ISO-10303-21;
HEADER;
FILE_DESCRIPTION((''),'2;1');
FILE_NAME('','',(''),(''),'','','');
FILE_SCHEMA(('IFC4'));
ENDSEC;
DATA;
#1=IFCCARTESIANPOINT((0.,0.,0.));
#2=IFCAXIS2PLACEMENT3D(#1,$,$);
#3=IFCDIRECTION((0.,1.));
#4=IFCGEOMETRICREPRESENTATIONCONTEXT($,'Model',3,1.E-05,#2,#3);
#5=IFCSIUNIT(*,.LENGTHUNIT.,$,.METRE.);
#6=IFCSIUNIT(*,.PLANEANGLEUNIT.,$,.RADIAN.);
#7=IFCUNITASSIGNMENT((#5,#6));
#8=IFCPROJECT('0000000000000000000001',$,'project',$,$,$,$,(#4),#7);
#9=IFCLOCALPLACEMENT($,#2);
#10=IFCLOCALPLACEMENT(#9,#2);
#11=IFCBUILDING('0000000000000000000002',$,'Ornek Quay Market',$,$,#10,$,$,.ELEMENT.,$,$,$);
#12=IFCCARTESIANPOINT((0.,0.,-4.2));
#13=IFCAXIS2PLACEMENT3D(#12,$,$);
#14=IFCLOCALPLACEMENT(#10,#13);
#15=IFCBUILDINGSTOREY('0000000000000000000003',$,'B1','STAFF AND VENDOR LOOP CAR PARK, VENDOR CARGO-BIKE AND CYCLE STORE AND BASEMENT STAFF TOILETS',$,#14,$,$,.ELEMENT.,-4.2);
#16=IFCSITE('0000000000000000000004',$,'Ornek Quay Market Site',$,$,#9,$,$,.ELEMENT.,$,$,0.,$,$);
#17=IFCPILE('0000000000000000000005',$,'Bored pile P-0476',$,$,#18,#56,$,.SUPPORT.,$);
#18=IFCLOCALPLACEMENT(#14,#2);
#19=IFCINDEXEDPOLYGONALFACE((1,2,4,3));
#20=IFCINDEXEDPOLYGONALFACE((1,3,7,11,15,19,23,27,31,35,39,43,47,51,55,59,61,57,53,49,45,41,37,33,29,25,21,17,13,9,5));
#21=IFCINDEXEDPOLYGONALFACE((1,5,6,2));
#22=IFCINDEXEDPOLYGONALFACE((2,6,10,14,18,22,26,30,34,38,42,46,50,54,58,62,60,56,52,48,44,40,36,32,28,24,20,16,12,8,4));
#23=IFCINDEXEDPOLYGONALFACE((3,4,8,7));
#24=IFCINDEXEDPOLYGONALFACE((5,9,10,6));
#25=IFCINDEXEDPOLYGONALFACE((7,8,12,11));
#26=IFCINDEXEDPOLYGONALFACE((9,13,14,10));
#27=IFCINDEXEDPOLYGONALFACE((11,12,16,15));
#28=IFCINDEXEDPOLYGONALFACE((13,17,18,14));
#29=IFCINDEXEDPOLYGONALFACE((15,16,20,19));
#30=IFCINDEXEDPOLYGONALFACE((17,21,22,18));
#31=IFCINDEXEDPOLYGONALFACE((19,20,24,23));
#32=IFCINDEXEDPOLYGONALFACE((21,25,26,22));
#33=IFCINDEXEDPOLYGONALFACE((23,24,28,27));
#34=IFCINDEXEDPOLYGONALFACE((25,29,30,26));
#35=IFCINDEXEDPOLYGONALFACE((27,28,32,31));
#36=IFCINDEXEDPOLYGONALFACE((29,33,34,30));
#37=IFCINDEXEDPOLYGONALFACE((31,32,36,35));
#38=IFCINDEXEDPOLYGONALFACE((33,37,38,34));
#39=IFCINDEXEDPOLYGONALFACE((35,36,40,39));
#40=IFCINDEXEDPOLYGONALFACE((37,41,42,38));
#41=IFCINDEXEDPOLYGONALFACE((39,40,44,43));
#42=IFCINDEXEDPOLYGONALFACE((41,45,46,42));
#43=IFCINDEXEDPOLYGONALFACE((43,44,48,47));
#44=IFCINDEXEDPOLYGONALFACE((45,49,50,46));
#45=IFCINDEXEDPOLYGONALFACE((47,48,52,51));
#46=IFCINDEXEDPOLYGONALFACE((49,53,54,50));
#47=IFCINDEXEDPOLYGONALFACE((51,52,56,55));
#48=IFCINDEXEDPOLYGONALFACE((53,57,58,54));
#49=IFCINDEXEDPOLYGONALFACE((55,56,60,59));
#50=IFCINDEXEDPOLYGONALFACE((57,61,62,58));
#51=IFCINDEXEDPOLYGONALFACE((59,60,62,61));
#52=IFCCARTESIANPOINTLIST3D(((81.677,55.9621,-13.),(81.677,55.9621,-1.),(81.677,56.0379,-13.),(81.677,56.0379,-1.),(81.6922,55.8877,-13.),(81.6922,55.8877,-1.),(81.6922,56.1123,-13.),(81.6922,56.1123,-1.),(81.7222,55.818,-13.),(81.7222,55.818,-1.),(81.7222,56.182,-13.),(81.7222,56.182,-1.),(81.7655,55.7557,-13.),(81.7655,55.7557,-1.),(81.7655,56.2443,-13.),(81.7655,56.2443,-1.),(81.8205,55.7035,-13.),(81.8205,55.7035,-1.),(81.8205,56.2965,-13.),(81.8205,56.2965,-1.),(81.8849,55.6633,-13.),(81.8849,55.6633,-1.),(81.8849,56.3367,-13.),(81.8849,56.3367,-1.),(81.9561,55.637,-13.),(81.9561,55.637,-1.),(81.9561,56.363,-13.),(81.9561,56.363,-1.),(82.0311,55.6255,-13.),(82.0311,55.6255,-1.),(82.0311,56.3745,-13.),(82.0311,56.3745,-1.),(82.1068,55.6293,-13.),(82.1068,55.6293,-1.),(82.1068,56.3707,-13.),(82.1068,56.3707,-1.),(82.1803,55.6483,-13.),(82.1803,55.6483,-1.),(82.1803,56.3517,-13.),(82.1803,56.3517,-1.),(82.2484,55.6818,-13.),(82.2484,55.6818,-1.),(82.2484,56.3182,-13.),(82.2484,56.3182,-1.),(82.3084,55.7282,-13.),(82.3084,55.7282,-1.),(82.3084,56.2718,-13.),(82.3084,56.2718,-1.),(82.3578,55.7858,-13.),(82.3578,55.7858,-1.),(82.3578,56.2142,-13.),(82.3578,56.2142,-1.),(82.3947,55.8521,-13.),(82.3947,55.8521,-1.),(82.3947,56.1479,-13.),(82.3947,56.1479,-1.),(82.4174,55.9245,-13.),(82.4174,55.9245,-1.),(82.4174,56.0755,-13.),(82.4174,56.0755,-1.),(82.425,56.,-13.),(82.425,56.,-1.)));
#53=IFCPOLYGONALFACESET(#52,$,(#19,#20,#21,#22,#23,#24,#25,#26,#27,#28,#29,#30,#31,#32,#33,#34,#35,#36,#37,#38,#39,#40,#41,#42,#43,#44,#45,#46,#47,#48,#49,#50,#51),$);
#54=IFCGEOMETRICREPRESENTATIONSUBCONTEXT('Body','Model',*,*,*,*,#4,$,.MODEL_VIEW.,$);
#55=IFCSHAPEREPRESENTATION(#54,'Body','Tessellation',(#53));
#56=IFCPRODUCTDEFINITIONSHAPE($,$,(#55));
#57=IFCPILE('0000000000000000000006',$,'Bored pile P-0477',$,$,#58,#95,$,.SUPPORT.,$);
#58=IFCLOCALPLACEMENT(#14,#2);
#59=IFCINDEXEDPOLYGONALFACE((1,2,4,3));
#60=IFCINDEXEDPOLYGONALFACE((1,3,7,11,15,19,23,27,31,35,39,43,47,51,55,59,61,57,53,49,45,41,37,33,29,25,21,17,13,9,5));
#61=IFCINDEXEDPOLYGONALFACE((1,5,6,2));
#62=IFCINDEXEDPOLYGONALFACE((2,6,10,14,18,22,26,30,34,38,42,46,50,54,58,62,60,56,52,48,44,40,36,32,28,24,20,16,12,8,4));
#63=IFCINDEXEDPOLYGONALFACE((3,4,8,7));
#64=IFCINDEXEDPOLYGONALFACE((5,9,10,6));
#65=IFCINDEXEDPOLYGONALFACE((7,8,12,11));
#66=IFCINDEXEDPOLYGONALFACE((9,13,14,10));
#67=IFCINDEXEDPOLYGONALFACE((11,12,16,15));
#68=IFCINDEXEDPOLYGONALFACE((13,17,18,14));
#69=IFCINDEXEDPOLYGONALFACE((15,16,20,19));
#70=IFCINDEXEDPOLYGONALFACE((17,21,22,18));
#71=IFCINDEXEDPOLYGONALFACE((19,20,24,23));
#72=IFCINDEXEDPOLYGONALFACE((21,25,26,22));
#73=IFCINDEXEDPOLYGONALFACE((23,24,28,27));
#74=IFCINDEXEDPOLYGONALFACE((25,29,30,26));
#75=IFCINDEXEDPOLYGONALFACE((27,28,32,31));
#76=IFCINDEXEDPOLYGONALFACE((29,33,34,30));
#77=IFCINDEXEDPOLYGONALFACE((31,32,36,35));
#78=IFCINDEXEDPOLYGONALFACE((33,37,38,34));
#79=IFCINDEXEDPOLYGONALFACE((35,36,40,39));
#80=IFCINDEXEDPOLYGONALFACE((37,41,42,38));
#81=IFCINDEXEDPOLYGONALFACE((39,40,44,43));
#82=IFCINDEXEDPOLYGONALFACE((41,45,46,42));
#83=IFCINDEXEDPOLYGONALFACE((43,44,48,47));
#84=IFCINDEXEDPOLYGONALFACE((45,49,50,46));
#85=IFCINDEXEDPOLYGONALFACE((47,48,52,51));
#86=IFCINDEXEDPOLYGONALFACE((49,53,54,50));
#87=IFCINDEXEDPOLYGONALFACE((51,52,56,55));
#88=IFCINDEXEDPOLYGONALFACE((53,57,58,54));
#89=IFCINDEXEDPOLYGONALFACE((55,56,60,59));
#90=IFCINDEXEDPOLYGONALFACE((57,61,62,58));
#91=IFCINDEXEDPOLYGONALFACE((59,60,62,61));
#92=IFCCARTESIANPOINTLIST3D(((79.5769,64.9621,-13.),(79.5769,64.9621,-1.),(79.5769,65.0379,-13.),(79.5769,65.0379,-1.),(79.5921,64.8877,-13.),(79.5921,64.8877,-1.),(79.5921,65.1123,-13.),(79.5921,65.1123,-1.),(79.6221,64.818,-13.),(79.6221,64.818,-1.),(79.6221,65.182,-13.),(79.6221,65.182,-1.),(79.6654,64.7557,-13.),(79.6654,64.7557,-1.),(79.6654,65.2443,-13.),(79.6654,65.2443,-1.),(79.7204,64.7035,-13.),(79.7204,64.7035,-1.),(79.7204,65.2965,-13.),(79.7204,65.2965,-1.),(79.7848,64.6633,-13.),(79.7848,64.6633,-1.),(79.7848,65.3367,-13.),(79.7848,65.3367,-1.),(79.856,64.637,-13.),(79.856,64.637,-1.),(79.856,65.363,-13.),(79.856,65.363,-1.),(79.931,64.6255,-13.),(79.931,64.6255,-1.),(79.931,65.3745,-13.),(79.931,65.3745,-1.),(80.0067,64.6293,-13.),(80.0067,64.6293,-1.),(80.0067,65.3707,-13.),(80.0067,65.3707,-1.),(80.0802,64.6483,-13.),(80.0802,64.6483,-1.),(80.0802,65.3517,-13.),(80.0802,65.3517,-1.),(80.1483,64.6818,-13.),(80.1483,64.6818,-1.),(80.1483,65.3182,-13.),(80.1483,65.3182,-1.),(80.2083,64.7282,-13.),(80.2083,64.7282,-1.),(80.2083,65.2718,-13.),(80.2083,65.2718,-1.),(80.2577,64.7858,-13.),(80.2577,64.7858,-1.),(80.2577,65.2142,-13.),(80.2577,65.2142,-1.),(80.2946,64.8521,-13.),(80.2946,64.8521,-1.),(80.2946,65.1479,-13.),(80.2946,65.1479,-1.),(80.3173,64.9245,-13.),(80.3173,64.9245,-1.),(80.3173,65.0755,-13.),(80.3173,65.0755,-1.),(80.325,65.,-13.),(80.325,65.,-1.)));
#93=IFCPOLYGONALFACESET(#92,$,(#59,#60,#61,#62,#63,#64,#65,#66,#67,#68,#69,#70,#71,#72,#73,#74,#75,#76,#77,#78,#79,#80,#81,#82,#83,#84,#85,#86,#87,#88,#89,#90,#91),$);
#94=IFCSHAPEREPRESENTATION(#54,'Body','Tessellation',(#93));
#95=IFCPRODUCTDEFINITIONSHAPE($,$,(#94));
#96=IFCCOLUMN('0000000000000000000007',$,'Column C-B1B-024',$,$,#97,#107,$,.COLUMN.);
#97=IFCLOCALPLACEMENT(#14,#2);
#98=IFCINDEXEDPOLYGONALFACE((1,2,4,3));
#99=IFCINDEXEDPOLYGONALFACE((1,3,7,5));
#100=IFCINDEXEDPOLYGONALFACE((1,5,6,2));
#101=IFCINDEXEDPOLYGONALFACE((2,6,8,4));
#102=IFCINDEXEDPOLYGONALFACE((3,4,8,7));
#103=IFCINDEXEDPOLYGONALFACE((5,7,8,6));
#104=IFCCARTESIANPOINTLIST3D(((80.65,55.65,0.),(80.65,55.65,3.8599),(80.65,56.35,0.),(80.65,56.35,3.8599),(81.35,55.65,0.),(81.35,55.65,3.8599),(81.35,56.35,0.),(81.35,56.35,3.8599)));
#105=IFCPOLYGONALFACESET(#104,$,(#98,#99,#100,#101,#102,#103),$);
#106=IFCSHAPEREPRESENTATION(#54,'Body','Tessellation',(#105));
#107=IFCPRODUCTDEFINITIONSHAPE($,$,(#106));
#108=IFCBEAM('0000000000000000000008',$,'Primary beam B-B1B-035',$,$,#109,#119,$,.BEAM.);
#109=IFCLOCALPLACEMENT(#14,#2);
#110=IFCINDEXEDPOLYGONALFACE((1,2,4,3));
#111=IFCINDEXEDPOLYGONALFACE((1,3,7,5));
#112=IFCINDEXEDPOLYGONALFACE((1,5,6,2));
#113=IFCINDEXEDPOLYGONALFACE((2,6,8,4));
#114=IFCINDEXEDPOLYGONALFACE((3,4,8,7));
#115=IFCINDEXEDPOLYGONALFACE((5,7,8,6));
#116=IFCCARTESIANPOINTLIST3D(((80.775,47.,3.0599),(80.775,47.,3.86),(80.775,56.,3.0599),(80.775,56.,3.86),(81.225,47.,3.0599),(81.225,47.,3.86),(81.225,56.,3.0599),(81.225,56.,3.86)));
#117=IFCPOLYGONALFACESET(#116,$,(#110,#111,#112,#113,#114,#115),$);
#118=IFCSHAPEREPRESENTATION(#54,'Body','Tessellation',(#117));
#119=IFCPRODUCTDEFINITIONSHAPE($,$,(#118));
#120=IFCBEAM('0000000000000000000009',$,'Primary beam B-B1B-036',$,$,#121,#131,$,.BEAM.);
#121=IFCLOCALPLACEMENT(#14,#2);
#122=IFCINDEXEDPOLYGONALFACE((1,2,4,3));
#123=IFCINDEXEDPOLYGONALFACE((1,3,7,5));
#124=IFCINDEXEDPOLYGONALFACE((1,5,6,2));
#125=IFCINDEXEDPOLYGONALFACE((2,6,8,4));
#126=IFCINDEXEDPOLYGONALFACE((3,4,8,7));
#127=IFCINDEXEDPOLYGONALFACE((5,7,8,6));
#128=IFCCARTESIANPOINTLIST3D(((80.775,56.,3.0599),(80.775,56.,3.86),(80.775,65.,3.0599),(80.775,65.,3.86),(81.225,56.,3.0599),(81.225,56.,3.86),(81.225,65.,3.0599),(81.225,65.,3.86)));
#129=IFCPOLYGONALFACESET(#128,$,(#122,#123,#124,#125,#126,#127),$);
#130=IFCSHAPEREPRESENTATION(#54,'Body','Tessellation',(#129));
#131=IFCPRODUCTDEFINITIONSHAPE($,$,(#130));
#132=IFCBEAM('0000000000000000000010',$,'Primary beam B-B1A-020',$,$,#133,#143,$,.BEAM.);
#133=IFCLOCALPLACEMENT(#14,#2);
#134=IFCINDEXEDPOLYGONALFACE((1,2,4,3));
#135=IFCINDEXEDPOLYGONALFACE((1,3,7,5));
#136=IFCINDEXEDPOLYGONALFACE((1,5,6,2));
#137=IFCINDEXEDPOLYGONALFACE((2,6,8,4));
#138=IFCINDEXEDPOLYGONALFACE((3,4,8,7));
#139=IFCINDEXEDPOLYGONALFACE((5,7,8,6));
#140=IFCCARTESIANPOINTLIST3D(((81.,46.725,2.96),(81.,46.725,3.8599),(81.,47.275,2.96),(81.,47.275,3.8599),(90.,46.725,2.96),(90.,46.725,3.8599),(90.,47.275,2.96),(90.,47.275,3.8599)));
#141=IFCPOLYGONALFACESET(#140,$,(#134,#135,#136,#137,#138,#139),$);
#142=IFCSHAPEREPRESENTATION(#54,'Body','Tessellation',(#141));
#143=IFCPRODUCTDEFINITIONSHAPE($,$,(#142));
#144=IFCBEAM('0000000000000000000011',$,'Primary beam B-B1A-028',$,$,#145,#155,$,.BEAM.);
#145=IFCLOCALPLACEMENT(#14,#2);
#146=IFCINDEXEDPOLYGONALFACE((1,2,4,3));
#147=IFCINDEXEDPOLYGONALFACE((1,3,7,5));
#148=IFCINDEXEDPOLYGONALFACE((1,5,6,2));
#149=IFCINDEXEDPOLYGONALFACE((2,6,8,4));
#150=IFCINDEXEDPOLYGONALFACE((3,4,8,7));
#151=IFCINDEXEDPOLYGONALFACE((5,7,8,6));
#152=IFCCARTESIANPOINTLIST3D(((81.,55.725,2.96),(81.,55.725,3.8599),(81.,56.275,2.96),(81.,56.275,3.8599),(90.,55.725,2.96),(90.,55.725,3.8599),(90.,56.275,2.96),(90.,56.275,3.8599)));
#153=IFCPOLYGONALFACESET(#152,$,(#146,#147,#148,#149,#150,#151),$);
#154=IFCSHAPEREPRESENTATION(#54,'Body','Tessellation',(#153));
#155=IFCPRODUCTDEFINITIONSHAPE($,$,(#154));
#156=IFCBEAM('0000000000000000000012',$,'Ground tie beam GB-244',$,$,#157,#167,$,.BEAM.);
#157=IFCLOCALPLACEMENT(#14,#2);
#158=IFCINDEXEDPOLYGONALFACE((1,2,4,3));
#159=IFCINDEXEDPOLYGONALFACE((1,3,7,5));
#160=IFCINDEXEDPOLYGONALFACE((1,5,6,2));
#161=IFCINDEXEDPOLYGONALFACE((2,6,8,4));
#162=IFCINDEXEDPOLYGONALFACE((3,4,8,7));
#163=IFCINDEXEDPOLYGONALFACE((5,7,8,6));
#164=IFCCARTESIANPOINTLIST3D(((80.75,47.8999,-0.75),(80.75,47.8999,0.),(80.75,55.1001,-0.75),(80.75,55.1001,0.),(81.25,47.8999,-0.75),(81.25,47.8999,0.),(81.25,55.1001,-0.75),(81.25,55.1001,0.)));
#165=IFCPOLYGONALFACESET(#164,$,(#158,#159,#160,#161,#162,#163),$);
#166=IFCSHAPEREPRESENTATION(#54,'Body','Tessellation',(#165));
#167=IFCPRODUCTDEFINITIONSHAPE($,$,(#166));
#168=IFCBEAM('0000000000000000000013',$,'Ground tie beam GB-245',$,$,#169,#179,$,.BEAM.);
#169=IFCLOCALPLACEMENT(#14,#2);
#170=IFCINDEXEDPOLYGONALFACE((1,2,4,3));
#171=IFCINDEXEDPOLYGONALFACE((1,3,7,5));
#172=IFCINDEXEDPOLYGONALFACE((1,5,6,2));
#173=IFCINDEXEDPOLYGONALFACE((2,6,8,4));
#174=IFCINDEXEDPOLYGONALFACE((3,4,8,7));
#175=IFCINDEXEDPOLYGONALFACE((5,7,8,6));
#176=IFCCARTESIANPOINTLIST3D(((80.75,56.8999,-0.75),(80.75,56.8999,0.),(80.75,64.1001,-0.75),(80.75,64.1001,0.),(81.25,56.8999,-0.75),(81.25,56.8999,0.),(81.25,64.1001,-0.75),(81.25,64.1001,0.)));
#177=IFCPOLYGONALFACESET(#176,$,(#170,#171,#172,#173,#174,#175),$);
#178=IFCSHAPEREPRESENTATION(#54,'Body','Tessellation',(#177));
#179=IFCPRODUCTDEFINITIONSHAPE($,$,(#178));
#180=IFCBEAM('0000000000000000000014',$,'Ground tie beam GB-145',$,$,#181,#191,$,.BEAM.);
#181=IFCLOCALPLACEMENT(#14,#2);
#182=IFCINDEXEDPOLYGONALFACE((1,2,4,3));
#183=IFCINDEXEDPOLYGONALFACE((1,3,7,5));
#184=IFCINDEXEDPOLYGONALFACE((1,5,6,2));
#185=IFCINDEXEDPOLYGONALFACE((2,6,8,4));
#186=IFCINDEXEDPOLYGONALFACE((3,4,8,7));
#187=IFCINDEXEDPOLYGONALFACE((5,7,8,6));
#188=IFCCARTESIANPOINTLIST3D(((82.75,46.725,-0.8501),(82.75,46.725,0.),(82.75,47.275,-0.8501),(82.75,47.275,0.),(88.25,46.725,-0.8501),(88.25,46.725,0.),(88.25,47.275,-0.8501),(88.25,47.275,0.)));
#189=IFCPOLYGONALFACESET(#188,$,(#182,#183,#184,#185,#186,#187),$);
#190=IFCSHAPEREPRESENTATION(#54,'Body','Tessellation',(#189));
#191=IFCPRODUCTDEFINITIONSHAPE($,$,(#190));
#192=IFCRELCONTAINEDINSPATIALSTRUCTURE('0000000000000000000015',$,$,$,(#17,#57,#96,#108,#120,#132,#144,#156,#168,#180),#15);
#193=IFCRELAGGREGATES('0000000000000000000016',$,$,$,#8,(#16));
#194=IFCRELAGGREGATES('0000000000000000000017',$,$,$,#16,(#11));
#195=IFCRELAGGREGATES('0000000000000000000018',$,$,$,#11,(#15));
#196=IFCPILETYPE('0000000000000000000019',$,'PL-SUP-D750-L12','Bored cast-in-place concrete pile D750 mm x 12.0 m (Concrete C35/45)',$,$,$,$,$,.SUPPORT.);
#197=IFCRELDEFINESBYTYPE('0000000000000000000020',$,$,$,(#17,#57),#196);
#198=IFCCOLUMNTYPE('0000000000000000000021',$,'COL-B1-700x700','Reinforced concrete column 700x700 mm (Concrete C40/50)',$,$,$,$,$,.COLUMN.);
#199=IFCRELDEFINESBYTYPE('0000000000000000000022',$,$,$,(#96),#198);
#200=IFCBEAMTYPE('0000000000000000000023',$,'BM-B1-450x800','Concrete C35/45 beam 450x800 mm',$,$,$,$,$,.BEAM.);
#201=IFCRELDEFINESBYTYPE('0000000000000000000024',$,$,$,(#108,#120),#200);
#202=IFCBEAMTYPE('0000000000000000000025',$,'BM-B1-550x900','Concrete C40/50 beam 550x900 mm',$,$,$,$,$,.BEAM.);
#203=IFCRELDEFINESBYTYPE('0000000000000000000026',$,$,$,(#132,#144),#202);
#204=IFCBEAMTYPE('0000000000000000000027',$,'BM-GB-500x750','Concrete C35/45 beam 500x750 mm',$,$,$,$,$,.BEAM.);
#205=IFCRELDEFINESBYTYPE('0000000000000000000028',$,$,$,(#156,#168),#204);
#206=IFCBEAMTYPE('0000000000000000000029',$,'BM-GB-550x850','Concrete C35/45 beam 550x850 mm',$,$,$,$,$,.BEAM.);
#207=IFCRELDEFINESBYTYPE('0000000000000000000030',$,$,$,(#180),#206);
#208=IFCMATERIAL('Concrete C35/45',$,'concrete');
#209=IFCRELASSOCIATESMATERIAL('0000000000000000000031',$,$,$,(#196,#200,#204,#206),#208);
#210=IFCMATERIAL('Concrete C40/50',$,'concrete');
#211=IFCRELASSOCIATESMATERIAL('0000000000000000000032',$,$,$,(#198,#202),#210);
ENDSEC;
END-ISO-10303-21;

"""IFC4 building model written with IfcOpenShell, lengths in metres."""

from ifc_helpers import new_model, si_unit, direction, frame, origin, origin_2d, place, context, subcontext, project, spatial, rectangle, circle, extrude, material, material_profile, profile_set, type_object, element, save


model = new_model("IFC4")

# Units and contexts
model_context = context("Model", 3, precision=1e-05, world=origin(), true_north=direction((0.0, 1.0)))
body_context = subcontext(model_context, "Body", "Model", "MODEL_VIEW")
ifc_project = project(units=[si_unit("LENGTHUNIT", "METRE"), si_unit("PLANEANGLEUNIT", "RADIAN")], contexts=[model_context])

# Site, building, storey
site_placement = place(None, origin())
site = spatial("IfcSite", under=ifc_project, at=site_placement, Name="Ornek Quay Market Site", CompositionType="ELEMENT", RefElevation=0.0)
building_placement = place(site_placement, origin())
building = spatial("IfcBuilding", under=site, at=building_placement, Name="Ornek Quay Market", CompositionType="ELEMENT")
storey_placement = place(building_placement, frame((0.0, 0.0, -4.2)))
storey = spatial("IfcBuildingStorey", under=building, at=storey_placement, Name="B1", Description="STAFF AND VENDOR LOOP CAR PARK, VENDOR CARGO-BIKE AND CYCLE STORE AND BASEMENT STAFF TOILETS", CompositionType="ELEMENT", Elevation=-4.2)

# Piles
ifc_material_1 = material(Name="Concrete C35/45", Category="concrete")
ifc_material_profile_1 = material_profile(ifc_material_1, circle(Radius=0.375, at=origin_2d()), Name="PILE D750", Category="concrete")
ifc_profile_set_1 = profile_set([ifc_material_profile_1], Name="Concrete C35/45")
pile_type_1 = type_object("IfcPileType", Name="PL-SUP-D750-L12", Description="Bored cast-in-place concrete pile D750 mm x 12.0 m (Concrete C35/45)", PredefinedType="SUPPORT", material=ifc_profile_set_1)
for number, where, z_axis, x_axis, name in (
    (1, (82.05, 56.0, -1.0), (0.0, 0.0, -1.0), (1.0, 0.0, 0.0), "Bored pile P-0476"),
    (2, (79.95, 65.0, -1.0), (0.0, 0.0, -1.0), (1.0, 0.0, 0.0), "Bored pile P-0477"),
):
    element("IfcPile", number, at=place(storey_placement, frame(where, z_axis=z_axis, x_axis=x_axis)), inside=storey, type_object=pile_type_1, Name=name, PredefinedType="SUPPORT", context=body_context, shape_type="SweptSolid", body=[
        extrude(circle(Radius=0.375, at=origin_2d()), origin(), (0.0, 0.0, 1.0), 12.0),
    ])

# Column
ifc_material_2 = material(Name="Concrete C40/50", Category="concrete")
ifc_material_profile_2 = material_profile(ifc_material_2, rectangle(XDim=0.7, YDim=0.7, at=origin_2d()), Name="RC 700x700", Category="concrete")
ifc_profile_set_2 = profile_set([ifc_material_profile_2], Name="Concrete C40/50")
column_type = type_object("IfcColumnType", Name="COL-B1-700x700", Description="Reinforced concrete column 700x700 mm (Concrete C40/50)", PredefinedType="COLUMN", material=ifc_profile_set_2)
column_placement = place(storey_placement, frame((81.0, 56.0, 0.0), z_axis=(0.0, 0.0, 1.0), x_axis=(1.0, 0.0, 0.0)))
element("IfcColumn", 3, at=column_placement, inside=storey, type_object=column_type, Name="Column C-B1B-024", PredefinedType="COLUMN", context=body_context, shape_type="SweptSolid", body=[
    extrude(rectangle(XDim=0.7, YDim=0.7, at=origin_2d()), origin(), (0.0, 0.0, 1.0), 3.8599),
])

# Beams
ifc_material_profile_3 = material_profile(ifc_material_1, rectangle(XDim=0.45, YDim=0.8, at=origin_2d()), Name="RC 450x800", Category="concrete")
ifc_profile_set_3 = profile_set([ifc_material_profile_3], Name="Concrete C35/45")
beam_type_1 = type_object("IfcBeamType", Name="BM-B1-450x800", Description="Concrete C35/45 beam 450x800 mm", PredefinedType="BEAM", material=ifc_profile_set_3)
for number, where, z_axis, x_axis, name in (
    (4, (81.0, 47.0, 3.46), (0.0, 1.0, 0.0), (-1.0, 0.0, 0.0), "Primary beam B-B1B-035"),
    (5, (81.0, 56.0, 3.46), (0.0, 1.0, 0.0), (-1.0, 0.0, 0.0), "Primary beam B-B1B-036"),
):
    element("IfcBeam", number, at=place(storey_placement, frame(where, z_axis=z_axis, x_axis=x_axis)), inside=storey, type_object=beam_type_1, Name=name, PredefinedType="BEAM", context=body_context, shape_type="SweptSolid", body=[
        extrude(rectangle(XDim=0.45, YDim=0.8, at=origin_2d()), origin(), (0.0, 0.0, 1.0), 9.0),
    ])
ifc_material_profile_4 = material_profile(ifc_material_2, rectangle(XDim=0.55, YDim=0.8999, at=origin_2d()), Name="RC 550x900", Category="concrete")
ifc_profile_set_4 = profile_set([ifc_material_profile_4], Name="Concrete C40/50")
beam_type_2 = type_object("IfcBeamType", Name="BM-B1-550x900", Description="Concrete C40/50 beam 550x900 mm", PredefinedType="BEAM", material=ifc_profile_set_4)
for number, where, z_axis, x_axis, name in (
    (6, (81.0, 47.0, 3.4099), (1.0, 0.0, 0.0), (0.0, 1.0, 0.0), "Primary beam B-B1A-020"),
    (7, (81.0, 56.0, 3.4099), (1.0, 0.0, 0.0), (0.0, 1.0, 0.0), "Primary beam B-B1A-028"),
):
    element("IfcBeam", number, at=place(storey_placement, frame(where, z_axis=z_axis, x_axis=x_axis)), inside=storey, type_object=beam_type_2, Name=name, PredefinedType="BEAM", context=body_context, shape_type="SweptSolid", body=[
        extrude(rectangle(XDim=0.55, YDim=0.8999, at=origin_2d()), origin(), (0.0, 0.0, 1.0), 9.0),
    ])
ifc_material_profile_5 = material_profile(ifc_material_1, rectangle(XDim=0.5, YDim=0.75, at=origin_2d()), Name="RC 500x750", Category="concrete")
ifc_profile_set_5 = profile_set([ifc_material_profile_5], Name="Concrete C35/45")
beam_type_3 = type_object("IfcBeamType", Name="BM-GB-500x750", Description="Concrete C35/45 beam 500x750 mm", PredefinedType="BEAM", material=ifc_profile_set_5)
for number, where, z_axis, x_axis, name in (
    (8, (81.0, 47.8999, -0.375), (0.0, 1.0, 0.0), (-1.0, 0.0, 0.0), "Ground tie beam GB-244"),
    (9, (81.0, 56.8999, -0.375), (0.0, 1.0, 0.0), (-1.0, 0.0, 0.0), "Ground tie beam GB-245"),
):
    element("IfcBeam", number, at=place(storey_placement, frame(where, z_axis=z_axis, x_axis=x_axis)), inside=storey, type_object=beam_type_3, Name=name, PredefinedType="BEAM", context=body_context, shape_type="SweptSolid", body=[
        extrude(rectangle(XDim=0.5, YDim=0.75, at=origin_2d()), origin(), (0.0, 0.0, 1.0), 7.2002),
    ])
ifc_material_profile_6 = material_profile(ifc_material_1, rectangle(XDim=0.55, YDim=0.8501, at=origin_2d()), Name="RC 550x850", Category="concrete")
ifc_profile_set_6 = profile_set([ifc_material_profile_6], Name="Concrete C35/45")
beam_type_4 = type_object("IfcBeamType", Name="BM-GB-550x850", Description="Concrete C35/45 beam 550x850 mm", PredefinedType="BEAM", material=ifc_profile_set_6)
beam_1_placement = place(storey_placement, frame((82.75, 47.0, -0.425), z_axis=(1.0, 0.0, 0.0), x_axis=(0.0, 1.0, 0.0)))
element("IfcBeam", 10, at=beam_1_placement, inside=storey, type_object=beam_type_4, Name="Ground tie beam GB-145", PredefinedType="BEAM", context=body_context, shape_type="SweptSolid", body=[
    extrude(rectangle(XDim=0.55, YDim=0.8501, at=origin_2d()), origin(), (0.0, 0.0, 1.0), 5.5),
])

save(model, "model.ifc")
